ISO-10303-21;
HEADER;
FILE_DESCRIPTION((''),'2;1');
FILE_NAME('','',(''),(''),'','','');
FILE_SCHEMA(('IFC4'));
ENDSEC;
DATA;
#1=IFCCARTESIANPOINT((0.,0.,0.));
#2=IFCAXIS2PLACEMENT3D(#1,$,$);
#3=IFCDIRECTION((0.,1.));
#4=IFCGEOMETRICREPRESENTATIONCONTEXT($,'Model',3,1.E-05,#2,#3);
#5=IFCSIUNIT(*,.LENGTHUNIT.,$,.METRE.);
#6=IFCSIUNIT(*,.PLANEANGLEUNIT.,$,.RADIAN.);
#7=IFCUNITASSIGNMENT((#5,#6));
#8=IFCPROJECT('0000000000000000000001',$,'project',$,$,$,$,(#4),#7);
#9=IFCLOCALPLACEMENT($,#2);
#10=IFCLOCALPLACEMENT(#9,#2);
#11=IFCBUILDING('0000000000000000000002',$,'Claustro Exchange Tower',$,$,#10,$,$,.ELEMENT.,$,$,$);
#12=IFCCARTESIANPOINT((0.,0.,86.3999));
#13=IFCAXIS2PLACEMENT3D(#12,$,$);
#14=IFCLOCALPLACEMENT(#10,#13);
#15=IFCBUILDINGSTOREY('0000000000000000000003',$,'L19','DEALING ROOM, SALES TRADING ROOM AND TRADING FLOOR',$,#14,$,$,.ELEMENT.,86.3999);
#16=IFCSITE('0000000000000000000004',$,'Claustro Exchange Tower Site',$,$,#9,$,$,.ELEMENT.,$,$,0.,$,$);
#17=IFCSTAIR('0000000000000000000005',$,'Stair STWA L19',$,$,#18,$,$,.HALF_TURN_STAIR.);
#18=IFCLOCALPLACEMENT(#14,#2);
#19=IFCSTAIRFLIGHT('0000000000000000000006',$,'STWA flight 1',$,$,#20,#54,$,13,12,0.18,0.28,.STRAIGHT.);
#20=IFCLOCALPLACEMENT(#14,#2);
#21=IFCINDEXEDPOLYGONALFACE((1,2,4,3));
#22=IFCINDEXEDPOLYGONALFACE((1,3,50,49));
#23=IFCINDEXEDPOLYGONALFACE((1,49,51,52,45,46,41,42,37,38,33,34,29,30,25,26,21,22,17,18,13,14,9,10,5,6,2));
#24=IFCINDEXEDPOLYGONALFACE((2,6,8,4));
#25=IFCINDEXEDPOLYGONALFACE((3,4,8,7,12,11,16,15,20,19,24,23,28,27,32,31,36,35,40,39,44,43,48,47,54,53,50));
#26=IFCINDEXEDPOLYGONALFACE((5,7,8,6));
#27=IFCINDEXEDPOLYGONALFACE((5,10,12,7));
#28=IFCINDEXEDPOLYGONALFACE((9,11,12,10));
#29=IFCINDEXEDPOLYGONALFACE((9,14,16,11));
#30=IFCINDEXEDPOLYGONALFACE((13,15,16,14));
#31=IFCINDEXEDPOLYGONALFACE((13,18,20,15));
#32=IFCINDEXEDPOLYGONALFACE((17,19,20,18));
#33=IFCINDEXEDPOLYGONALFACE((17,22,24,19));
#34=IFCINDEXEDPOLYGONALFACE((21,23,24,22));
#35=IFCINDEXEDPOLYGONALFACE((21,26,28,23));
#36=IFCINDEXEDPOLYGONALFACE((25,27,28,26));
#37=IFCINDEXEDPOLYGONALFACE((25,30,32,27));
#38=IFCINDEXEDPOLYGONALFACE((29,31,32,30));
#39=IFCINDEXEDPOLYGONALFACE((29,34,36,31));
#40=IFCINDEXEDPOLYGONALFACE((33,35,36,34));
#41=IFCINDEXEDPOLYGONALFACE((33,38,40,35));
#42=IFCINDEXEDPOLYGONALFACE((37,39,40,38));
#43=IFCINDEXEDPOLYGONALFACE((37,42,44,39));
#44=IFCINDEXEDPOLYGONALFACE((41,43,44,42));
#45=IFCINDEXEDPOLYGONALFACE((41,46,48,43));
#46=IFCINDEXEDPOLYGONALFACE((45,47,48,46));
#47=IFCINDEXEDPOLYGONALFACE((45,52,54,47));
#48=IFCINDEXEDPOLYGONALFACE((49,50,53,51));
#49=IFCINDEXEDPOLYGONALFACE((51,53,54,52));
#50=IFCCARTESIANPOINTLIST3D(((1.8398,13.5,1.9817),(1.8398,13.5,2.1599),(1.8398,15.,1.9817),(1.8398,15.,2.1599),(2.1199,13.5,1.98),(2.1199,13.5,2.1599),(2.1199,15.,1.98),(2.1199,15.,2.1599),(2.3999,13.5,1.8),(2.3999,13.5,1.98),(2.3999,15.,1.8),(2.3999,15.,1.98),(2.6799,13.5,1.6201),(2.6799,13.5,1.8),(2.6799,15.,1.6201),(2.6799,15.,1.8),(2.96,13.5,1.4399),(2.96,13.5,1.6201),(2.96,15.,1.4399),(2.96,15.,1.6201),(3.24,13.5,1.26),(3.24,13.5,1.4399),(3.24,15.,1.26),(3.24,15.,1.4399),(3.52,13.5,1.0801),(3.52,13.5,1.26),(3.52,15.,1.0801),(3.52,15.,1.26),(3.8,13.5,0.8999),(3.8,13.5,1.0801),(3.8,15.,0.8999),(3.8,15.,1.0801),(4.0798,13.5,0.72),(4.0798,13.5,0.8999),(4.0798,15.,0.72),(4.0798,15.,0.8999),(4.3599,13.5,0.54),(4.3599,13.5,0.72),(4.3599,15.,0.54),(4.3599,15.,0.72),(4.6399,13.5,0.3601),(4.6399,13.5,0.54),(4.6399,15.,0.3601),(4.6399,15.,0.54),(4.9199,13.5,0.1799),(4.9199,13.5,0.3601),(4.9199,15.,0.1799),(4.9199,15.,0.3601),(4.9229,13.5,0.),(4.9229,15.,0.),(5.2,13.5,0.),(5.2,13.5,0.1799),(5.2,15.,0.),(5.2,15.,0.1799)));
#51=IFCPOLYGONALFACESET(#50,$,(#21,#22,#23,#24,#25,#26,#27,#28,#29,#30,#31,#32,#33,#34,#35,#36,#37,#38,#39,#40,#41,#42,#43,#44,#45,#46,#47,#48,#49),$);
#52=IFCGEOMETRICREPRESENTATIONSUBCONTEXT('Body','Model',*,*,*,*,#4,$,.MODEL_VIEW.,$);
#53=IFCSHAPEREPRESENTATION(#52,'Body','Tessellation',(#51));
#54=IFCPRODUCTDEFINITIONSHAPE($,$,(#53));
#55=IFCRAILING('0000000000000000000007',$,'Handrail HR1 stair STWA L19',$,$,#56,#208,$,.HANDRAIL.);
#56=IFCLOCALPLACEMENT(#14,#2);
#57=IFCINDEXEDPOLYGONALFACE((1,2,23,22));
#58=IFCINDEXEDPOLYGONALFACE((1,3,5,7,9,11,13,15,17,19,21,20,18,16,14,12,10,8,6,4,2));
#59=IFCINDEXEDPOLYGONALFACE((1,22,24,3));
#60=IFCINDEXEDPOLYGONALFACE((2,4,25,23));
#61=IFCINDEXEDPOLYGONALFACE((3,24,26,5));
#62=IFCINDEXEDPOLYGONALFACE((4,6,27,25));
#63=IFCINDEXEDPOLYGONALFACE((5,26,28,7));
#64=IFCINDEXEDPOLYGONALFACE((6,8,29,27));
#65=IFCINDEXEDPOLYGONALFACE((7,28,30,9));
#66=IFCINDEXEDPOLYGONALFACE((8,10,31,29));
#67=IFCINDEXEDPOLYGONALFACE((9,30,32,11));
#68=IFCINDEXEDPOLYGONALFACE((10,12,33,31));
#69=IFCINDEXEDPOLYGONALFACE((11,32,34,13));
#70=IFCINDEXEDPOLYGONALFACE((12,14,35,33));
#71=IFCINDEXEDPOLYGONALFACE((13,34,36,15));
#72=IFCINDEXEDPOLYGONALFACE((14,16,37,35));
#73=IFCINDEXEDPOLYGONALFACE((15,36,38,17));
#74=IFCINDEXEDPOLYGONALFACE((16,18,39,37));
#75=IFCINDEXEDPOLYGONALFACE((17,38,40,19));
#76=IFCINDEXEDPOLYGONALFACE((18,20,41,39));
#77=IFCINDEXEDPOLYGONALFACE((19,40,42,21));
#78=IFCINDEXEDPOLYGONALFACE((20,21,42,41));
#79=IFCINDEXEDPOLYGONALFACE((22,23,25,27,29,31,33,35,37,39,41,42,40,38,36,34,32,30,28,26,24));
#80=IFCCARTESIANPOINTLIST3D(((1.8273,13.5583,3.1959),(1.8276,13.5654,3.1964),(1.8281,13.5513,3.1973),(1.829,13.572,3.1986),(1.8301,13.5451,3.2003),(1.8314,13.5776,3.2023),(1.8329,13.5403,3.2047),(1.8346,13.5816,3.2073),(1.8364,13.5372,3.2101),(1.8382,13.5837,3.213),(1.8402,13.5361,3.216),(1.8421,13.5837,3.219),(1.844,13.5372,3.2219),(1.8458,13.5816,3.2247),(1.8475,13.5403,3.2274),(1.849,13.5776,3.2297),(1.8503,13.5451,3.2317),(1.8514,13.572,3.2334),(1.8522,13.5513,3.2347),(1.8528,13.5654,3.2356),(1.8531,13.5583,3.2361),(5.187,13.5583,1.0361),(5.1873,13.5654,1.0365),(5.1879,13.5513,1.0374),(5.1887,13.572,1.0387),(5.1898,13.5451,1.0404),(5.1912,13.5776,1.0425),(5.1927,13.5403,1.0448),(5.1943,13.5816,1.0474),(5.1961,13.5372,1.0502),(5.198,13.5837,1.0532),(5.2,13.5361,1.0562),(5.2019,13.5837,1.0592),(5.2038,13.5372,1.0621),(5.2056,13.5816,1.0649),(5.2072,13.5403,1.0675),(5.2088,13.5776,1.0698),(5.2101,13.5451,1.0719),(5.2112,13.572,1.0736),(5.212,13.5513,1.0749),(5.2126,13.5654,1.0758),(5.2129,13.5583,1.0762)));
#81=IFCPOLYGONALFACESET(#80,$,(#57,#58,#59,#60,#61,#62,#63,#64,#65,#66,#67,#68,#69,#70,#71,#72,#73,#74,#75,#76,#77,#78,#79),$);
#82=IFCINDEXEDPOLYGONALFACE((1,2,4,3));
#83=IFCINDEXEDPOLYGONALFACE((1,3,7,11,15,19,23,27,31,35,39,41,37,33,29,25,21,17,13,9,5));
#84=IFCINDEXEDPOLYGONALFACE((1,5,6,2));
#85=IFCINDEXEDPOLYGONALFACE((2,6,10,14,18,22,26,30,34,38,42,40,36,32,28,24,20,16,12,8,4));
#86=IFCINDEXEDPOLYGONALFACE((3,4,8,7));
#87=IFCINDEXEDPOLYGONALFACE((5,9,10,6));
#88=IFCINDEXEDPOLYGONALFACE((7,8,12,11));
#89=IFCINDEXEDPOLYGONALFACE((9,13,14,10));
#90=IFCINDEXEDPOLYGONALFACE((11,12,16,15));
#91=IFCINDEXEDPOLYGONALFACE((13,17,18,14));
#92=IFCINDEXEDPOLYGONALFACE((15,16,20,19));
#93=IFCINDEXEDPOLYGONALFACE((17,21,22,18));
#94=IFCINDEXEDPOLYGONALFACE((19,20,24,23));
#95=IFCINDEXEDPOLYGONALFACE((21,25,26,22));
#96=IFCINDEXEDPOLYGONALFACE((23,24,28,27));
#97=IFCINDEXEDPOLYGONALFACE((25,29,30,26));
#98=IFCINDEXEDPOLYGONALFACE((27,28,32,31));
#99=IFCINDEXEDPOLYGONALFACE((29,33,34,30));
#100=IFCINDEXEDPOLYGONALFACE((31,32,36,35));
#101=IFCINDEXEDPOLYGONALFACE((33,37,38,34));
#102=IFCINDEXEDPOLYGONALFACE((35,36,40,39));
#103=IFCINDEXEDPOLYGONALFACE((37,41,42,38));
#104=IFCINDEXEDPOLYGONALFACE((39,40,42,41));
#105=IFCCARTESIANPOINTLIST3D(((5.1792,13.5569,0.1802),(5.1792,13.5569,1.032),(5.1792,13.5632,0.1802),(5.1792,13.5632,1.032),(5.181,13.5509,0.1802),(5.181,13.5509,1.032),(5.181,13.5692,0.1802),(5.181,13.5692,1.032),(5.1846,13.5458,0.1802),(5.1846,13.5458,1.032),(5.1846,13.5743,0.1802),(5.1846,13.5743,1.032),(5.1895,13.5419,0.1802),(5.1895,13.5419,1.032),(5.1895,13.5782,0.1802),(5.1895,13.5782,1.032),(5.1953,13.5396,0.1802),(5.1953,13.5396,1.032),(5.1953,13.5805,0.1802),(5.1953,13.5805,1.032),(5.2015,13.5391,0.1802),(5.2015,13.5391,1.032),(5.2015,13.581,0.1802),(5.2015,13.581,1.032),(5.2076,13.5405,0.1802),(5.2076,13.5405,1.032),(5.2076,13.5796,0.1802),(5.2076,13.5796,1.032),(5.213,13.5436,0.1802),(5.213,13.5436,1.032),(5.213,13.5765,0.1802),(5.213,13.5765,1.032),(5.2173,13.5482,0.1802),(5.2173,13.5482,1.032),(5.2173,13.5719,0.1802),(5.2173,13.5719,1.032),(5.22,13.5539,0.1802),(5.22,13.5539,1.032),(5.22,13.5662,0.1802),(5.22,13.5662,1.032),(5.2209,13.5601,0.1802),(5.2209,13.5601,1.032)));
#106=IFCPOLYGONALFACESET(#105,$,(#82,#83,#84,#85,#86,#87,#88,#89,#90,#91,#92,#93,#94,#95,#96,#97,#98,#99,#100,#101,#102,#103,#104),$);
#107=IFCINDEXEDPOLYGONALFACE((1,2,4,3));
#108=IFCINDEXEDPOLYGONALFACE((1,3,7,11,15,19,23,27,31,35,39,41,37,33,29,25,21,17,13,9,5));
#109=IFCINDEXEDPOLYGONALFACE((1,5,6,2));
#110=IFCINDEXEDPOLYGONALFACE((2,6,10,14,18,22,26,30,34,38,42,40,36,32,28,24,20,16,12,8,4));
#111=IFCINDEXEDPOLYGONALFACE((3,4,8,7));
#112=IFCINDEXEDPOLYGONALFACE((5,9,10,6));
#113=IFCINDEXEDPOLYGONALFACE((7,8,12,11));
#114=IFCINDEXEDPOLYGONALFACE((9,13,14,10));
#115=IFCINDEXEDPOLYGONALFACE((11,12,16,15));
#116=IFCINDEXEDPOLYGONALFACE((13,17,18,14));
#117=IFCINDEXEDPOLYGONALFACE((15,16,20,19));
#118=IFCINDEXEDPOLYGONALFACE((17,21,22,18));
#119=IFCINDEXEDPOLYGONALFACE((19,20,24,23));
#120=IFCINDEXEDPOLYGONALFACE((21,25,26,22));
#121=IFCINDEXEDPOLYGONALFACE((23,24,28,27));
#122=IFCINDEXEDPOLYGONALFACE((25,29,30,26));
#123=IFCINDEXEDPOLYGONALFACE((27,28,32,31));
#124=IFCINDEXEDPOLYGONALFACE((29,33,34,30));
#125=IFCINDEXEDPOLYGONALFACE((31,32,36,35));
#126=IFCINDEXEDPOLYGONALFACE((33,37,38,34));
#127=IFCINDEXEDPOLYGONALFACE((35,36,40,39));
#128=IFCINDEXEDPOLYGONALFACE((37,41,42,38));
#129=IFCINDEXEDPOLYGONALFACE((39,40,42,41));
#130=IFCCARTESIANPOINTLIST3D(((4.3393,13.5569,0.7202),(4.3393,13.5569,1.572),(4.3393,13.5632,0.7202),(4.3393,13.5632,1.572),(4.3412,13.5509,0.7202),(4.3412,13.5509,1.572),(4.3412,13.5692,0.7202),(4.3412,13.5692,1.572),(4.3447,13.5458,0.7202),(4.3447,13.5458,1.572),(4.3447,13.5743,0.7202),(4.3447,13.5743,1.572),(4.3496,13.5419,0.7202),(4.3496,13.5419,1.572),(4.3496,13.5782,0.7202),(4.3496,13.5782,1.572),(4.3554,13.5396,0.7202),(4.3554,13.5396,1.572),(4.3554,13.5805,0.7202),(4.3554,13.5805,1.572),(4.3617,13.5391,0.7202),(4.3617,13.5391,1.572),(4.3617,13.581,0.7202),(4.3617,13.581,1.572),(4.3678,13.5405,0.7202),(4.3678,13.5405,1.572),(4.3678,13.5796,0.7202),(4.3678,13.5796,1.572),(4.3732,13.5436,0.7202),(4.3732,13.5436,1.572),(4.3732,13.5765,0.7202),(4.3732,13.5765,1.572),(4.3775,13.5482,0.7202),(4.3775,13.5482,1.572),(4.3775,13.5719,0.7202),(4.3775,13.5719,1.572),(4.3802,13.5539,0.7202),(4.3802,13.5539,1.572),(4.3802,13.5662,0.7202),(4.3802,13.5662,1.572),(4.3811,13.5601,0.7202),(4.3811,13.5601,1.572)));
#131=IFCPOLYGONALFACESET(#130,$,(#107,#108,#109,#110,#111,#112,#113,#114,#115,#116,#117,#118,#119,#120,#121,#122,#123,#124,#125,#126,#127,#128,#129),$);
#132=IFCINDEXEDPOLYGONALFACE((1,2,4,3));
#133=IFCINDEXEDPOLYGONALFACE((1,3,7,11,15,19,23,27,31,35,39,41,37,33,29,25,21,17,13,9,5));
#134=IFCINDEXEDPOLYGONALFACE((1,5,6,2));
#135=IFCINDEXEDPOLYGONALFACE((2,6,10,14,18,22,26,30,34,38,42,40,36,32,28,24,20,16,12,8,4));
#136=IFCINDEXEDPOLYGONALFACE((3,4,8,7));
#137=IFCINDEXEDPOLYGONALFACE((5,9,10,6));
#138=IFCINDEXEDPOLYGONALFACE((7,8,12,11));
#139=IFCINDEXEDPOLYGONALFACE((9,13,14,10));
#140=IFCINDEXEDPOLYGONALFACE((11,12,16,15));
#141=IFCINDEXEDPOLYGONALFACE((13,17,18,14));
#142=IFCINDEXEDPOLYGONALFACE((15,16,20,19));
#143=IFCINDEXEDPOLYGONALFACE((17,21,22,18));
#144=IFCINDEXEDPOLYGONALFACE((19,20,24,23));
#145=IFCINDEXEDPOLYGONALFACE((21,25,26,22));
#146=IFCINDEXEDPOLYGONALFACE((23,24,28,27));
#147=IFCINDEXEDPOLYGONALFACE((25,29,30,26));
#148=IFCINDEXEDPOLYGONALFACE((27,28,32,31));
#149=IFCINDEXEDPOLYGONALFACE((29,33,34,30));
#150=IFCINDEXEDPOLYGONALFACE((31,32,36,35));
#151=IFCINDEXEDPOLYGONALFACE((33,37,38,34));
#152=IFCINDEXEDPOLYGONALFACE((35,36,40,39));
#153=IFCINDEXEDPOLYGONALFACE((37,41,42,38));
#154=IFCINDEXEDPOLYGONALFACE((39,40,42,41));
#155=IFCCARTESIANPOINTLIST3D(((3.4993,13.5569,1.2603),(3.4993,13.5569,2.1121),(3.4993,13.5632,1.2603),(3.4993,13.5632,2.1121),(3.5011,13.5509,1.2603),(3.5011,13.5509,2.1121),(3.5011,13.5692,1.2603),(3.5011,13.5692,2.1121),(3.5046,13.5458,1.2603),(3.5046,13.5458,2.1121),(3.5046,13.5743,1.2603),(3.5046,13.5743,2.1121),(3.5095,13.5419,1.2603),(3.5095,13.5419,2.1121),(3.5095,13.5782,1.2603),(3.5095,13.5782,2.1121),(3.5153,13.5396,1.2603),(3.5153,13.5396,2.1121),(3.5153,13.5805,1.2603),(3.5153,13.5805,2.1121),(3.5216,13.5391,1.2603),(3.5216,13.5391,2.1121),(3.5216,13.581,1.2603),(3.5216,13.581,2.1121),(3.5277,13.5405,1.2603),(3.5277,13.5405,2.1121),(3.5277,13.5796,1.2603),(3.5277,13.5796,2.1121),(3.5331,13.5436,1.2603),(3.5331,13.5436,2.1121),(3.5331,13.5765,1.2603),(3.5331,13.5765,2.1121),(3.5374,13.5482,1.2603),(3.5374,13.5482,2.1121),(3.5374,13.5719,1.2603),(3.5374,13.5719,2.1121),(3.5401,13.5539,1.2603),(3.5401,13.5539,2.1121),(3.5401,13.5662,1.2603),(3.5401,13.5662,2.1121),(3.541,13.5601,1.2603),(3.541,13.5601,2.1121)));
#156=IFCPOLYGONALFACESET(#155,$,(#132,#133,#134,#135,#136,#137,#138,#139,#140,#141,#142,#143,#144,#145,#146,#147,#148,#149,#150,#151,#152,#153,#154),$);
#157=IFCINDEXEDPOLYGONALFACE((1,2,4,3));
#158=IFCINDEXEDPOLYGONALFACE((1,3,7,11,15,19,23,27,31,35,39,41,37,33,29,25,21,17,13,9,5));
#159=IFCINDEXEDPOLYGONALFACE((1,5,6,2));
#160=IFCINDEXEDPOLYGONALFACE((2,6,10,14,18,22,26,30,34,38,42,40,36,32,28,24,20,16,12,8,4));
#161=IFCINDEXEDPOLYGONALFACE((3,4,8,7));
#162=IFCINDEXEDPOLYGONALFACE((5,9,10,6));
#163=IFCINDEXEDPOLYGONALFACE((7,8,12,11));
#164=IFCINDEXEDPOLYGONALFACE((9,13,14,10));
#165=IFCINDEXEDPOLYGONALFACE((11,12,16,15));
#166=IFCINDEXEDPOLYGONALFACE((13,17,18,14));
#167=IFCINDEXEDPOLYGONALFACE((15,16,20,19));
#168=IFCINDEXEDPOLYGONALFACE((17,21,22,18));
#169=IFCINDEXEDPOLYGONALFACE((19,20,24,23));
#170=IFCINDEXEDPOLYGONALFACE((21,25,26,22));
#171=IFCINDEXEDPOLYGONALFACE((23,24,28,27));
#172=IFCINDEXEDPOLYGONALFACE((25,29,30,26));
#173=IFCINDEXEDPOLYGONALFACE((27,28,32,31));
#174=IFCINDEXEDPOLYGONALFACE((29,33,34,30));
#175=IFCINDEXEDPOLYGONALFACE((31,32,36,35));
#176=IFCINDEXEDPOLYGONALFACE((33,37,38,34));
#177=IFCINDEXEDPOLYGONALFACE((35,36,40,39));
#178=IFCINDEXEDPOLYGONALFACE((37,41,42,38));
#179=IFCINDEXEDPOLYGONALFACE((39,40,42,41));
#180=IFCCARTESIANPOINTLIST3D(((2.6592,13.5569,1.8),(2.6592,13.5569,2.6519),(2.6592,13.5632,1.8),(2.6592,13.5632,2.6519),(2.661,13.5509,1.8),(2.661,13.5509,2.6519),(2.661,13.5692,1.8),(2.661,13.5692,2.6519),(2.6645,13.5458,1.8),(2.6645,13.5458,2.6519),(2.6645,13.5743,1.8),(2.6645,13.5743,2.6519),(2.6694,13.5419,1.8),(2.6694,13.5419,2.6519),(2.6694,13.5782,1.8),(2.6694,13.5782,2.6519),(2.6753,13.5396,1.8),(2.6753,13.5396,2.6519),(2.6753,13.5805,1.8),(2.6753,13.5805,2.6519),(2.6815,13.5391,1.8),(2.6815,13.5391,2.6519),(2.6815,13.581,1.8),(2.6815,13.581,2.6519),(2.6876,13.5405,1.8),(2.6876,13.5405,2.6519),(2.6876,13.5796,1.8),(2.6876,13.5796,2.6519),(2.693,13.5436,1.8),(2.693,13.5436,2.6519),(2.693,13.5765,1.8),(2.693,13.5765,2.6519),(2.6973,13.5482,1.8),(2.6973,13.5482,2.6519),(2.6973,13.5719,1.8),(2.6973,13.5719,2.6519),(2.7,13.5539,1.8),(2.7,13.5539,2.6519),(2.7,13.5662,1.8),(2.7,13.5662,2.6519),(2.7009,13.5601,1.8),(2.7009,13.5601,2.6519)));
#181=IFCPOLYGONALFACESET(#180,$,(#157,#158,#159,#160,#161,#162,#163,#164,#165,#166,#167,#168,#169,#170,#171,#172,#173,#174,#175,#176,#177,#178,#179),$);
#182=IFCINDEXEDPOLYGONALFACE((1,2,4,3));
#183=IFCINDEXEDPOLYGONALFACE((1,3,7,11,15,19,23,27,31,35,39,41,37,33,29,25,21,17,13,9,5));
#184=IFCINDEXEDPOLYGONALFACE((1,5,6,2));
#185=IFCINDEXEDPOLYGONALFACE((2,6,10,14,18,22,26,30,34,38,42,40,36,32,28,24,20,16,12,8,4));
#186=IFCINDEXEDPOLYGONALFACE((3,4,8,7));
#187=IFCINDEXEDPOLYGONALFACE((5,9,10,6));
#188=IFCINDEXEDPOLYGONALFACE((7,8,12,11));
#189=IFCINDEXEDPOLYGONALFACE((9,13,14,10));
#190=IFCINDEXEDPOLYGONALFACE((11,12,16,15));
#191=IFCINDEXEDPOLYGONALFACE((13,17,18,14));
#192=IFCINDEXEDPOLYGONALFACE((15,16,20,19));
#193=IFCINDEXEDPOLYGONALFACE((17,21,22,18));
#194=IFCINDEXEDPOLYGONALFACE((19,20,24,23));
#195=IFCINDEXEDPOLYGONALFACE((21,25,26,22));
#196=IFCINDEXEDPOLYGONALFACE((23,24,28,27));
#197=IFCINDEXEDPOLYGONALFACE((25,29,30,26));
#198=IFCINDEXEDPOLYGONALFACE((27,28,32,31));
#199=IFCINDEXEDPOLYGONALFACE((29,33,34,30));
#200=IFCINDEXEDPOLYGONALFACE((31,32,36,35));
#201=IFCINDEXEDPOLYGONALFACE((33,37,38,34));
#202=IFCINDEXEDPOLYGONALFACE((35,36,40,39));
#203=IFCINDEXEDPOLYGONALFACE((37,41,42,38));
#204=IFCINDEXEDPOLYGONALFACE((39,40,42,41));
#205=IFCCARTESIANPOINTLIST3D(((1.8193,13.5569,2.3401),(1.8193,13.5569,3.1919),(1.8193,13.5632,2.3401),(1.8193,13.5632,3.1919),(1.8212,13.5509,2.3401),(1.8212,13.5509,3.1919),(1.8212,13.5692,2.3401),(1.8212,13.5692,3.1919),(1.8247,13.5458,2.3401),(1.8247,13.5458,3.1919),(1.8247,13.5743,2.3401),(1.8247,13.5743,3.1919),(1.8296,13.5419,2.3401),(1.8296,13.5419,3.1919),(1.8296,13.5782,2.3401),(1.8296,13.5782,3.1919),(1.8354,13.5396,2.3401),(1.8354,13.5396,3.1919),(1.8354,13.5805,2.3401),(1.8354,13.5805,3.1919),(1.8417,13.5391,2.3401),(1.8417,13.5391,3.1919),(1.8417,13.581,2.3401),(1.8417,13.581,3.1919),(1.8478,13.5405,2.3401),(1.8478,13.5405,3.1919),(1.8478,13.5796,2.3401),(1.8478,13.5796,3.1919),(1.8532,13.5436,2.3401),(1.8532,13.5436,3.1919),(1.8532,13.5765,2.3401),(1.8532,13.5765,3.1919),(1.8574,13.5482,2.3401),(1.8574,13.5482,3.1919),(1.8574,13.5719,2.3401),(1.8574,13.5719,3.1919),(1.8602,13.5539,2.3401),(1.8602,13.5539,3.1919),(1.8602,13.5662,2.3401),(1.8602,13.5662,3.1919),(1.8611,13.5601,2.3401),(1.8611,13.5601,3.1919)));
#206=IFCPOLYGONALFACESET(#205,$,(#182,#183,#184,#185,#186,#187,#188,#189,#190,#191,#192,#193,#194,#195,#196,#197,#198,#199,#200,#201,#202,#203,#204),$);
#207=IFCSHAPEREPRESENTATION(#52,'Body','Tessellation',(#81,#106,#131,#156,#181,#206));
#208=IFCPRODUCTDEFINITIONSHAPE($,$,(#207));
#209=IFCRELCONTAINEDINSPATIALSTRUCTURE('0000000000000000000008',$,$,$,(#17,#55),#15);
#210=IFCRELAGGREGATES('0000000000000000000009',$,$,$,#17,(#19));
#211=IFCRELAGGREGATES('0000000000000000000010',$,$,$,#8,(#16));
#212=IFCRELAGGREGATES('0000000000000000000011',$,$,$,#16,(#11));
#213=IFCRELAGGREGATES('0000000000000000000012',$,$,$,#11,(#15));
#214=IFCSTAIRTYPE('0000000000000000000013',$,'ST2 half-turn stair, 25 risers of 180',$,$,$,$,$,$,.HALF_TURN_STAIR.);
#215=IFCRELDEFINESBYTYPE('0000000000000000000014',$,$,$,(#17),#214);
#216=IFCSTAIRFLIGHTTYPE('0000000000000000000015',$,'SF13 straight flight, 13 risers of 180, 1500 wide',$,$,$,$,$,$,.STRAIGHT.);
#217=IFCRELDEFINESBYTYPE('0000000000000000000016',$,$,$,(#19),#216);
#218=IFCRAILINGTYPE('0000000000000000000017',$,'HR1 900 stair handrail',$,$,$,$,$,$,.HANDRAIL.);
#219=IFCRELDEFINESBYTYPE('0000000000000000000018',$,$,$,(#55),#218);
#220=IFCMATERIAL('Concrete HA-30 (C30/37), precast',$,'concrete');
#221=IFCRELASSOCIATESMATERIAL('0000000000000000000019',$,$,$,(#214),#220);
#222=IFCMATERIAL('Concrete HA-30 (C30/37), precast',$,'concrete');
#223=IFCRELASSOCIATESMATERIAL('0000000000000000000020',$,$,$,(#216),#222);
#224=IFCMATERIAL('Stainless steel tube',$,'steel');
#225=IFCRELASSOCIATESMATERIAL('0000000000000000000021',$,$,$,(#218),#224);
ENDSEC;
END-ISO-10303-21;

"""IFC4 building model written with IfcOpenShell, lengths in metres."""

from ifc_helpers import new_model, si_unit, direction, frame, origin, origin_2d, place, context, subcontext, project, spatial, polyline, circle, outline, extrude, material, type_object, element, aggregate, save


model = new_model("IFC4")

# Units and contexts
model_context = context("Model", 3, precision=1e-05, world=origin(), true_north=direction((0.0, 1.0)))
body_context = subcontext(model_context, "Body", "Model", "MODEL_VIEW")
ifc_project = project(units=[si_unit("LENGTHUNIT", "METRE"), si_unit("PLANEANGLEUNIT", "RADIAN")], contexts=[model_context])

# Site, building, storey
site_placement = place(None, origin())
site = spatial("IfcSite", under=ifc_project, at=site_placement, Name="Claustro Exchange Tower Site", CompositionType="ELEMENT", RefElevation=0.0)
building_placement = place(site_placement, origin())
building = spatial("IfcBuilding", under=site, at=building_placement, Name="Claustro Exchange Tower", CompositionType="ELEMENT")
storey_placement = place(building_placement, frame((0.0, 0.0, 86.3999)))
storey = spatial("IfcBuildingStorey", under=building, at=storey_placement, Name="L19", Description="DEALING ROOM, SALES TRADING ROOM AND TRADING FLOOR", CompositionType="ELEMENT", Elevation=86.3999)

# Stair, stair flight
ifc_material_1 = material(Name="Concrete HA-30 (C30/37), precast", Category="concrete")
stair_type = type_object("IfcStairType", Name="ST2 half-turn stair, 25 risers of 180", PredefinedType="HALF_TURN_STAIR", material=ifc_material_1)
stair_placement = place(storey_placement, origin())
stair = element("IfcStair", 1, at=stair_placement, inside=storey, type_object=stair_type, Name="Stair STWA L19", PredefinedType="HALF_TURN_STAIR")
ifc_material_2 = material(Name="Concrete HA-30 (C30/37), precast", Category="concrete")
stair_flight_type = type_object("IfcStairFlightType", Name="SF13 straight flight, 13 risers of 180, 1500 wide", PredefinedType="STRAIGHT", material=ifc_material_2)
stair_flight_placement = place(storey_placement, frame((5.2, 14.25, 0.0), z_axis=(0.0, 0.0, 1.0), x_axis=(-1.0, 0.0, 0.0)))
stair_flight = element("IfcStairFlight", 2, at=stair_flight_placement, type_object=stair_flight_type, Name="STWA flight 1", NumberOfRisers=13, NumberOfTreads=12, PredefinedType="STRAIGHT", RiserHeight=0.18, TreadLength=0.28, context=body_context, shape_type="SweptSolid", body=[
    extrude(outline(polyline([(0.0, 0.0), (0.0, 0.1799), (0.28, 0.1799), (0.28, 0.3601), (0.5601, 0.3601), (0.5601, 0.54), (0.8401, 0.54), (0.8401, 0.72), (1.1201, 0.72), (1.1201, 0.8999), (1.3999, 0.8999), (1.3999, 1.0801), (1.6799, 1.0801), (1.6799, 1.26), (1.96, 1.26), (1.96, 1.4399), (2.24, 1.4399), (2.24, 1.6201), (2.52, 1.6201), (2.52, 1.8), (2.8, 1.8), (2.8, 1.98), (3.0801, 1.98), (3.0801, 2.1599), (3.3601, 2.1599), (3.3601, 2.3401), (3.3601, 1.9817), (0.2771, 0.0), (0.0, 0.0)])), frame((0.0, 0.75, 0.0), z_axis=(0.0, -1.0, 0.0), x_axis=(1.0, 0.0, 0.0)), (0.0, 0.0, 1.0), 1.5),
])
aggregate(stair, [stair_flight])

# Railing
ifc_material_3 = material(Name="Stainless steel tube", Category="steel")
railing_type_1 = type_object("IfcRailingType", Name="HR1 900 stair handrail", PredefinedType="HANDRAIL", material=ifc_material_3)
railing_1_placement = place(storey_placement, frame((5.2, 13.5601, 0.1802)))
element("IfcRailing", 3, at=railing_1_placement, inside=storey, type_object=railing_type_1, Name="Handrail HR1 stair STWA L19", PredefinedType="HANDRAIL", context=body_context, shape_type="SweptSolid", body=[
    extrude(circle(Radius=0.0239, at=origin_2d()), frame((0.0, 0.0, 0.876), z_axis=(-0.841178, 0.0, 0.540758), x_axis=(0.0, -1.0, 0.0)), (0.0, 0.0, 1.0), 3.9941),
    extrude(circle(Radius=0.021, at=origin_2d()), origin(), (0.0, 0.0, 1.0), 0.8518),
    extrude(circle(Radius=0.021, at=origin_2d()), frame((-0.8398, 0.0, 0.54)), (0.0, 0.0, 1.0), 0.8518),
    extrude(circle(Radius=0.021, at=origin_2d()), frame((-1.6799, 0.0, 1.0801)), (0.0, 0.0, 1.0), 0.8518),
    extrude(circle(Radius=0.021, at=origin_2d()), frame((-2.52, 0.0, 1.6199)), (0.0, 0.0, 1.0), 0.8518),
    extrude(circle(Radius=0.021, at=origin_2d()), frame((-3.3599, 0.0, 2.1599)), (0.0, 0.0, 1.0), 0.8518),
])

save(model, "model.ifc")
